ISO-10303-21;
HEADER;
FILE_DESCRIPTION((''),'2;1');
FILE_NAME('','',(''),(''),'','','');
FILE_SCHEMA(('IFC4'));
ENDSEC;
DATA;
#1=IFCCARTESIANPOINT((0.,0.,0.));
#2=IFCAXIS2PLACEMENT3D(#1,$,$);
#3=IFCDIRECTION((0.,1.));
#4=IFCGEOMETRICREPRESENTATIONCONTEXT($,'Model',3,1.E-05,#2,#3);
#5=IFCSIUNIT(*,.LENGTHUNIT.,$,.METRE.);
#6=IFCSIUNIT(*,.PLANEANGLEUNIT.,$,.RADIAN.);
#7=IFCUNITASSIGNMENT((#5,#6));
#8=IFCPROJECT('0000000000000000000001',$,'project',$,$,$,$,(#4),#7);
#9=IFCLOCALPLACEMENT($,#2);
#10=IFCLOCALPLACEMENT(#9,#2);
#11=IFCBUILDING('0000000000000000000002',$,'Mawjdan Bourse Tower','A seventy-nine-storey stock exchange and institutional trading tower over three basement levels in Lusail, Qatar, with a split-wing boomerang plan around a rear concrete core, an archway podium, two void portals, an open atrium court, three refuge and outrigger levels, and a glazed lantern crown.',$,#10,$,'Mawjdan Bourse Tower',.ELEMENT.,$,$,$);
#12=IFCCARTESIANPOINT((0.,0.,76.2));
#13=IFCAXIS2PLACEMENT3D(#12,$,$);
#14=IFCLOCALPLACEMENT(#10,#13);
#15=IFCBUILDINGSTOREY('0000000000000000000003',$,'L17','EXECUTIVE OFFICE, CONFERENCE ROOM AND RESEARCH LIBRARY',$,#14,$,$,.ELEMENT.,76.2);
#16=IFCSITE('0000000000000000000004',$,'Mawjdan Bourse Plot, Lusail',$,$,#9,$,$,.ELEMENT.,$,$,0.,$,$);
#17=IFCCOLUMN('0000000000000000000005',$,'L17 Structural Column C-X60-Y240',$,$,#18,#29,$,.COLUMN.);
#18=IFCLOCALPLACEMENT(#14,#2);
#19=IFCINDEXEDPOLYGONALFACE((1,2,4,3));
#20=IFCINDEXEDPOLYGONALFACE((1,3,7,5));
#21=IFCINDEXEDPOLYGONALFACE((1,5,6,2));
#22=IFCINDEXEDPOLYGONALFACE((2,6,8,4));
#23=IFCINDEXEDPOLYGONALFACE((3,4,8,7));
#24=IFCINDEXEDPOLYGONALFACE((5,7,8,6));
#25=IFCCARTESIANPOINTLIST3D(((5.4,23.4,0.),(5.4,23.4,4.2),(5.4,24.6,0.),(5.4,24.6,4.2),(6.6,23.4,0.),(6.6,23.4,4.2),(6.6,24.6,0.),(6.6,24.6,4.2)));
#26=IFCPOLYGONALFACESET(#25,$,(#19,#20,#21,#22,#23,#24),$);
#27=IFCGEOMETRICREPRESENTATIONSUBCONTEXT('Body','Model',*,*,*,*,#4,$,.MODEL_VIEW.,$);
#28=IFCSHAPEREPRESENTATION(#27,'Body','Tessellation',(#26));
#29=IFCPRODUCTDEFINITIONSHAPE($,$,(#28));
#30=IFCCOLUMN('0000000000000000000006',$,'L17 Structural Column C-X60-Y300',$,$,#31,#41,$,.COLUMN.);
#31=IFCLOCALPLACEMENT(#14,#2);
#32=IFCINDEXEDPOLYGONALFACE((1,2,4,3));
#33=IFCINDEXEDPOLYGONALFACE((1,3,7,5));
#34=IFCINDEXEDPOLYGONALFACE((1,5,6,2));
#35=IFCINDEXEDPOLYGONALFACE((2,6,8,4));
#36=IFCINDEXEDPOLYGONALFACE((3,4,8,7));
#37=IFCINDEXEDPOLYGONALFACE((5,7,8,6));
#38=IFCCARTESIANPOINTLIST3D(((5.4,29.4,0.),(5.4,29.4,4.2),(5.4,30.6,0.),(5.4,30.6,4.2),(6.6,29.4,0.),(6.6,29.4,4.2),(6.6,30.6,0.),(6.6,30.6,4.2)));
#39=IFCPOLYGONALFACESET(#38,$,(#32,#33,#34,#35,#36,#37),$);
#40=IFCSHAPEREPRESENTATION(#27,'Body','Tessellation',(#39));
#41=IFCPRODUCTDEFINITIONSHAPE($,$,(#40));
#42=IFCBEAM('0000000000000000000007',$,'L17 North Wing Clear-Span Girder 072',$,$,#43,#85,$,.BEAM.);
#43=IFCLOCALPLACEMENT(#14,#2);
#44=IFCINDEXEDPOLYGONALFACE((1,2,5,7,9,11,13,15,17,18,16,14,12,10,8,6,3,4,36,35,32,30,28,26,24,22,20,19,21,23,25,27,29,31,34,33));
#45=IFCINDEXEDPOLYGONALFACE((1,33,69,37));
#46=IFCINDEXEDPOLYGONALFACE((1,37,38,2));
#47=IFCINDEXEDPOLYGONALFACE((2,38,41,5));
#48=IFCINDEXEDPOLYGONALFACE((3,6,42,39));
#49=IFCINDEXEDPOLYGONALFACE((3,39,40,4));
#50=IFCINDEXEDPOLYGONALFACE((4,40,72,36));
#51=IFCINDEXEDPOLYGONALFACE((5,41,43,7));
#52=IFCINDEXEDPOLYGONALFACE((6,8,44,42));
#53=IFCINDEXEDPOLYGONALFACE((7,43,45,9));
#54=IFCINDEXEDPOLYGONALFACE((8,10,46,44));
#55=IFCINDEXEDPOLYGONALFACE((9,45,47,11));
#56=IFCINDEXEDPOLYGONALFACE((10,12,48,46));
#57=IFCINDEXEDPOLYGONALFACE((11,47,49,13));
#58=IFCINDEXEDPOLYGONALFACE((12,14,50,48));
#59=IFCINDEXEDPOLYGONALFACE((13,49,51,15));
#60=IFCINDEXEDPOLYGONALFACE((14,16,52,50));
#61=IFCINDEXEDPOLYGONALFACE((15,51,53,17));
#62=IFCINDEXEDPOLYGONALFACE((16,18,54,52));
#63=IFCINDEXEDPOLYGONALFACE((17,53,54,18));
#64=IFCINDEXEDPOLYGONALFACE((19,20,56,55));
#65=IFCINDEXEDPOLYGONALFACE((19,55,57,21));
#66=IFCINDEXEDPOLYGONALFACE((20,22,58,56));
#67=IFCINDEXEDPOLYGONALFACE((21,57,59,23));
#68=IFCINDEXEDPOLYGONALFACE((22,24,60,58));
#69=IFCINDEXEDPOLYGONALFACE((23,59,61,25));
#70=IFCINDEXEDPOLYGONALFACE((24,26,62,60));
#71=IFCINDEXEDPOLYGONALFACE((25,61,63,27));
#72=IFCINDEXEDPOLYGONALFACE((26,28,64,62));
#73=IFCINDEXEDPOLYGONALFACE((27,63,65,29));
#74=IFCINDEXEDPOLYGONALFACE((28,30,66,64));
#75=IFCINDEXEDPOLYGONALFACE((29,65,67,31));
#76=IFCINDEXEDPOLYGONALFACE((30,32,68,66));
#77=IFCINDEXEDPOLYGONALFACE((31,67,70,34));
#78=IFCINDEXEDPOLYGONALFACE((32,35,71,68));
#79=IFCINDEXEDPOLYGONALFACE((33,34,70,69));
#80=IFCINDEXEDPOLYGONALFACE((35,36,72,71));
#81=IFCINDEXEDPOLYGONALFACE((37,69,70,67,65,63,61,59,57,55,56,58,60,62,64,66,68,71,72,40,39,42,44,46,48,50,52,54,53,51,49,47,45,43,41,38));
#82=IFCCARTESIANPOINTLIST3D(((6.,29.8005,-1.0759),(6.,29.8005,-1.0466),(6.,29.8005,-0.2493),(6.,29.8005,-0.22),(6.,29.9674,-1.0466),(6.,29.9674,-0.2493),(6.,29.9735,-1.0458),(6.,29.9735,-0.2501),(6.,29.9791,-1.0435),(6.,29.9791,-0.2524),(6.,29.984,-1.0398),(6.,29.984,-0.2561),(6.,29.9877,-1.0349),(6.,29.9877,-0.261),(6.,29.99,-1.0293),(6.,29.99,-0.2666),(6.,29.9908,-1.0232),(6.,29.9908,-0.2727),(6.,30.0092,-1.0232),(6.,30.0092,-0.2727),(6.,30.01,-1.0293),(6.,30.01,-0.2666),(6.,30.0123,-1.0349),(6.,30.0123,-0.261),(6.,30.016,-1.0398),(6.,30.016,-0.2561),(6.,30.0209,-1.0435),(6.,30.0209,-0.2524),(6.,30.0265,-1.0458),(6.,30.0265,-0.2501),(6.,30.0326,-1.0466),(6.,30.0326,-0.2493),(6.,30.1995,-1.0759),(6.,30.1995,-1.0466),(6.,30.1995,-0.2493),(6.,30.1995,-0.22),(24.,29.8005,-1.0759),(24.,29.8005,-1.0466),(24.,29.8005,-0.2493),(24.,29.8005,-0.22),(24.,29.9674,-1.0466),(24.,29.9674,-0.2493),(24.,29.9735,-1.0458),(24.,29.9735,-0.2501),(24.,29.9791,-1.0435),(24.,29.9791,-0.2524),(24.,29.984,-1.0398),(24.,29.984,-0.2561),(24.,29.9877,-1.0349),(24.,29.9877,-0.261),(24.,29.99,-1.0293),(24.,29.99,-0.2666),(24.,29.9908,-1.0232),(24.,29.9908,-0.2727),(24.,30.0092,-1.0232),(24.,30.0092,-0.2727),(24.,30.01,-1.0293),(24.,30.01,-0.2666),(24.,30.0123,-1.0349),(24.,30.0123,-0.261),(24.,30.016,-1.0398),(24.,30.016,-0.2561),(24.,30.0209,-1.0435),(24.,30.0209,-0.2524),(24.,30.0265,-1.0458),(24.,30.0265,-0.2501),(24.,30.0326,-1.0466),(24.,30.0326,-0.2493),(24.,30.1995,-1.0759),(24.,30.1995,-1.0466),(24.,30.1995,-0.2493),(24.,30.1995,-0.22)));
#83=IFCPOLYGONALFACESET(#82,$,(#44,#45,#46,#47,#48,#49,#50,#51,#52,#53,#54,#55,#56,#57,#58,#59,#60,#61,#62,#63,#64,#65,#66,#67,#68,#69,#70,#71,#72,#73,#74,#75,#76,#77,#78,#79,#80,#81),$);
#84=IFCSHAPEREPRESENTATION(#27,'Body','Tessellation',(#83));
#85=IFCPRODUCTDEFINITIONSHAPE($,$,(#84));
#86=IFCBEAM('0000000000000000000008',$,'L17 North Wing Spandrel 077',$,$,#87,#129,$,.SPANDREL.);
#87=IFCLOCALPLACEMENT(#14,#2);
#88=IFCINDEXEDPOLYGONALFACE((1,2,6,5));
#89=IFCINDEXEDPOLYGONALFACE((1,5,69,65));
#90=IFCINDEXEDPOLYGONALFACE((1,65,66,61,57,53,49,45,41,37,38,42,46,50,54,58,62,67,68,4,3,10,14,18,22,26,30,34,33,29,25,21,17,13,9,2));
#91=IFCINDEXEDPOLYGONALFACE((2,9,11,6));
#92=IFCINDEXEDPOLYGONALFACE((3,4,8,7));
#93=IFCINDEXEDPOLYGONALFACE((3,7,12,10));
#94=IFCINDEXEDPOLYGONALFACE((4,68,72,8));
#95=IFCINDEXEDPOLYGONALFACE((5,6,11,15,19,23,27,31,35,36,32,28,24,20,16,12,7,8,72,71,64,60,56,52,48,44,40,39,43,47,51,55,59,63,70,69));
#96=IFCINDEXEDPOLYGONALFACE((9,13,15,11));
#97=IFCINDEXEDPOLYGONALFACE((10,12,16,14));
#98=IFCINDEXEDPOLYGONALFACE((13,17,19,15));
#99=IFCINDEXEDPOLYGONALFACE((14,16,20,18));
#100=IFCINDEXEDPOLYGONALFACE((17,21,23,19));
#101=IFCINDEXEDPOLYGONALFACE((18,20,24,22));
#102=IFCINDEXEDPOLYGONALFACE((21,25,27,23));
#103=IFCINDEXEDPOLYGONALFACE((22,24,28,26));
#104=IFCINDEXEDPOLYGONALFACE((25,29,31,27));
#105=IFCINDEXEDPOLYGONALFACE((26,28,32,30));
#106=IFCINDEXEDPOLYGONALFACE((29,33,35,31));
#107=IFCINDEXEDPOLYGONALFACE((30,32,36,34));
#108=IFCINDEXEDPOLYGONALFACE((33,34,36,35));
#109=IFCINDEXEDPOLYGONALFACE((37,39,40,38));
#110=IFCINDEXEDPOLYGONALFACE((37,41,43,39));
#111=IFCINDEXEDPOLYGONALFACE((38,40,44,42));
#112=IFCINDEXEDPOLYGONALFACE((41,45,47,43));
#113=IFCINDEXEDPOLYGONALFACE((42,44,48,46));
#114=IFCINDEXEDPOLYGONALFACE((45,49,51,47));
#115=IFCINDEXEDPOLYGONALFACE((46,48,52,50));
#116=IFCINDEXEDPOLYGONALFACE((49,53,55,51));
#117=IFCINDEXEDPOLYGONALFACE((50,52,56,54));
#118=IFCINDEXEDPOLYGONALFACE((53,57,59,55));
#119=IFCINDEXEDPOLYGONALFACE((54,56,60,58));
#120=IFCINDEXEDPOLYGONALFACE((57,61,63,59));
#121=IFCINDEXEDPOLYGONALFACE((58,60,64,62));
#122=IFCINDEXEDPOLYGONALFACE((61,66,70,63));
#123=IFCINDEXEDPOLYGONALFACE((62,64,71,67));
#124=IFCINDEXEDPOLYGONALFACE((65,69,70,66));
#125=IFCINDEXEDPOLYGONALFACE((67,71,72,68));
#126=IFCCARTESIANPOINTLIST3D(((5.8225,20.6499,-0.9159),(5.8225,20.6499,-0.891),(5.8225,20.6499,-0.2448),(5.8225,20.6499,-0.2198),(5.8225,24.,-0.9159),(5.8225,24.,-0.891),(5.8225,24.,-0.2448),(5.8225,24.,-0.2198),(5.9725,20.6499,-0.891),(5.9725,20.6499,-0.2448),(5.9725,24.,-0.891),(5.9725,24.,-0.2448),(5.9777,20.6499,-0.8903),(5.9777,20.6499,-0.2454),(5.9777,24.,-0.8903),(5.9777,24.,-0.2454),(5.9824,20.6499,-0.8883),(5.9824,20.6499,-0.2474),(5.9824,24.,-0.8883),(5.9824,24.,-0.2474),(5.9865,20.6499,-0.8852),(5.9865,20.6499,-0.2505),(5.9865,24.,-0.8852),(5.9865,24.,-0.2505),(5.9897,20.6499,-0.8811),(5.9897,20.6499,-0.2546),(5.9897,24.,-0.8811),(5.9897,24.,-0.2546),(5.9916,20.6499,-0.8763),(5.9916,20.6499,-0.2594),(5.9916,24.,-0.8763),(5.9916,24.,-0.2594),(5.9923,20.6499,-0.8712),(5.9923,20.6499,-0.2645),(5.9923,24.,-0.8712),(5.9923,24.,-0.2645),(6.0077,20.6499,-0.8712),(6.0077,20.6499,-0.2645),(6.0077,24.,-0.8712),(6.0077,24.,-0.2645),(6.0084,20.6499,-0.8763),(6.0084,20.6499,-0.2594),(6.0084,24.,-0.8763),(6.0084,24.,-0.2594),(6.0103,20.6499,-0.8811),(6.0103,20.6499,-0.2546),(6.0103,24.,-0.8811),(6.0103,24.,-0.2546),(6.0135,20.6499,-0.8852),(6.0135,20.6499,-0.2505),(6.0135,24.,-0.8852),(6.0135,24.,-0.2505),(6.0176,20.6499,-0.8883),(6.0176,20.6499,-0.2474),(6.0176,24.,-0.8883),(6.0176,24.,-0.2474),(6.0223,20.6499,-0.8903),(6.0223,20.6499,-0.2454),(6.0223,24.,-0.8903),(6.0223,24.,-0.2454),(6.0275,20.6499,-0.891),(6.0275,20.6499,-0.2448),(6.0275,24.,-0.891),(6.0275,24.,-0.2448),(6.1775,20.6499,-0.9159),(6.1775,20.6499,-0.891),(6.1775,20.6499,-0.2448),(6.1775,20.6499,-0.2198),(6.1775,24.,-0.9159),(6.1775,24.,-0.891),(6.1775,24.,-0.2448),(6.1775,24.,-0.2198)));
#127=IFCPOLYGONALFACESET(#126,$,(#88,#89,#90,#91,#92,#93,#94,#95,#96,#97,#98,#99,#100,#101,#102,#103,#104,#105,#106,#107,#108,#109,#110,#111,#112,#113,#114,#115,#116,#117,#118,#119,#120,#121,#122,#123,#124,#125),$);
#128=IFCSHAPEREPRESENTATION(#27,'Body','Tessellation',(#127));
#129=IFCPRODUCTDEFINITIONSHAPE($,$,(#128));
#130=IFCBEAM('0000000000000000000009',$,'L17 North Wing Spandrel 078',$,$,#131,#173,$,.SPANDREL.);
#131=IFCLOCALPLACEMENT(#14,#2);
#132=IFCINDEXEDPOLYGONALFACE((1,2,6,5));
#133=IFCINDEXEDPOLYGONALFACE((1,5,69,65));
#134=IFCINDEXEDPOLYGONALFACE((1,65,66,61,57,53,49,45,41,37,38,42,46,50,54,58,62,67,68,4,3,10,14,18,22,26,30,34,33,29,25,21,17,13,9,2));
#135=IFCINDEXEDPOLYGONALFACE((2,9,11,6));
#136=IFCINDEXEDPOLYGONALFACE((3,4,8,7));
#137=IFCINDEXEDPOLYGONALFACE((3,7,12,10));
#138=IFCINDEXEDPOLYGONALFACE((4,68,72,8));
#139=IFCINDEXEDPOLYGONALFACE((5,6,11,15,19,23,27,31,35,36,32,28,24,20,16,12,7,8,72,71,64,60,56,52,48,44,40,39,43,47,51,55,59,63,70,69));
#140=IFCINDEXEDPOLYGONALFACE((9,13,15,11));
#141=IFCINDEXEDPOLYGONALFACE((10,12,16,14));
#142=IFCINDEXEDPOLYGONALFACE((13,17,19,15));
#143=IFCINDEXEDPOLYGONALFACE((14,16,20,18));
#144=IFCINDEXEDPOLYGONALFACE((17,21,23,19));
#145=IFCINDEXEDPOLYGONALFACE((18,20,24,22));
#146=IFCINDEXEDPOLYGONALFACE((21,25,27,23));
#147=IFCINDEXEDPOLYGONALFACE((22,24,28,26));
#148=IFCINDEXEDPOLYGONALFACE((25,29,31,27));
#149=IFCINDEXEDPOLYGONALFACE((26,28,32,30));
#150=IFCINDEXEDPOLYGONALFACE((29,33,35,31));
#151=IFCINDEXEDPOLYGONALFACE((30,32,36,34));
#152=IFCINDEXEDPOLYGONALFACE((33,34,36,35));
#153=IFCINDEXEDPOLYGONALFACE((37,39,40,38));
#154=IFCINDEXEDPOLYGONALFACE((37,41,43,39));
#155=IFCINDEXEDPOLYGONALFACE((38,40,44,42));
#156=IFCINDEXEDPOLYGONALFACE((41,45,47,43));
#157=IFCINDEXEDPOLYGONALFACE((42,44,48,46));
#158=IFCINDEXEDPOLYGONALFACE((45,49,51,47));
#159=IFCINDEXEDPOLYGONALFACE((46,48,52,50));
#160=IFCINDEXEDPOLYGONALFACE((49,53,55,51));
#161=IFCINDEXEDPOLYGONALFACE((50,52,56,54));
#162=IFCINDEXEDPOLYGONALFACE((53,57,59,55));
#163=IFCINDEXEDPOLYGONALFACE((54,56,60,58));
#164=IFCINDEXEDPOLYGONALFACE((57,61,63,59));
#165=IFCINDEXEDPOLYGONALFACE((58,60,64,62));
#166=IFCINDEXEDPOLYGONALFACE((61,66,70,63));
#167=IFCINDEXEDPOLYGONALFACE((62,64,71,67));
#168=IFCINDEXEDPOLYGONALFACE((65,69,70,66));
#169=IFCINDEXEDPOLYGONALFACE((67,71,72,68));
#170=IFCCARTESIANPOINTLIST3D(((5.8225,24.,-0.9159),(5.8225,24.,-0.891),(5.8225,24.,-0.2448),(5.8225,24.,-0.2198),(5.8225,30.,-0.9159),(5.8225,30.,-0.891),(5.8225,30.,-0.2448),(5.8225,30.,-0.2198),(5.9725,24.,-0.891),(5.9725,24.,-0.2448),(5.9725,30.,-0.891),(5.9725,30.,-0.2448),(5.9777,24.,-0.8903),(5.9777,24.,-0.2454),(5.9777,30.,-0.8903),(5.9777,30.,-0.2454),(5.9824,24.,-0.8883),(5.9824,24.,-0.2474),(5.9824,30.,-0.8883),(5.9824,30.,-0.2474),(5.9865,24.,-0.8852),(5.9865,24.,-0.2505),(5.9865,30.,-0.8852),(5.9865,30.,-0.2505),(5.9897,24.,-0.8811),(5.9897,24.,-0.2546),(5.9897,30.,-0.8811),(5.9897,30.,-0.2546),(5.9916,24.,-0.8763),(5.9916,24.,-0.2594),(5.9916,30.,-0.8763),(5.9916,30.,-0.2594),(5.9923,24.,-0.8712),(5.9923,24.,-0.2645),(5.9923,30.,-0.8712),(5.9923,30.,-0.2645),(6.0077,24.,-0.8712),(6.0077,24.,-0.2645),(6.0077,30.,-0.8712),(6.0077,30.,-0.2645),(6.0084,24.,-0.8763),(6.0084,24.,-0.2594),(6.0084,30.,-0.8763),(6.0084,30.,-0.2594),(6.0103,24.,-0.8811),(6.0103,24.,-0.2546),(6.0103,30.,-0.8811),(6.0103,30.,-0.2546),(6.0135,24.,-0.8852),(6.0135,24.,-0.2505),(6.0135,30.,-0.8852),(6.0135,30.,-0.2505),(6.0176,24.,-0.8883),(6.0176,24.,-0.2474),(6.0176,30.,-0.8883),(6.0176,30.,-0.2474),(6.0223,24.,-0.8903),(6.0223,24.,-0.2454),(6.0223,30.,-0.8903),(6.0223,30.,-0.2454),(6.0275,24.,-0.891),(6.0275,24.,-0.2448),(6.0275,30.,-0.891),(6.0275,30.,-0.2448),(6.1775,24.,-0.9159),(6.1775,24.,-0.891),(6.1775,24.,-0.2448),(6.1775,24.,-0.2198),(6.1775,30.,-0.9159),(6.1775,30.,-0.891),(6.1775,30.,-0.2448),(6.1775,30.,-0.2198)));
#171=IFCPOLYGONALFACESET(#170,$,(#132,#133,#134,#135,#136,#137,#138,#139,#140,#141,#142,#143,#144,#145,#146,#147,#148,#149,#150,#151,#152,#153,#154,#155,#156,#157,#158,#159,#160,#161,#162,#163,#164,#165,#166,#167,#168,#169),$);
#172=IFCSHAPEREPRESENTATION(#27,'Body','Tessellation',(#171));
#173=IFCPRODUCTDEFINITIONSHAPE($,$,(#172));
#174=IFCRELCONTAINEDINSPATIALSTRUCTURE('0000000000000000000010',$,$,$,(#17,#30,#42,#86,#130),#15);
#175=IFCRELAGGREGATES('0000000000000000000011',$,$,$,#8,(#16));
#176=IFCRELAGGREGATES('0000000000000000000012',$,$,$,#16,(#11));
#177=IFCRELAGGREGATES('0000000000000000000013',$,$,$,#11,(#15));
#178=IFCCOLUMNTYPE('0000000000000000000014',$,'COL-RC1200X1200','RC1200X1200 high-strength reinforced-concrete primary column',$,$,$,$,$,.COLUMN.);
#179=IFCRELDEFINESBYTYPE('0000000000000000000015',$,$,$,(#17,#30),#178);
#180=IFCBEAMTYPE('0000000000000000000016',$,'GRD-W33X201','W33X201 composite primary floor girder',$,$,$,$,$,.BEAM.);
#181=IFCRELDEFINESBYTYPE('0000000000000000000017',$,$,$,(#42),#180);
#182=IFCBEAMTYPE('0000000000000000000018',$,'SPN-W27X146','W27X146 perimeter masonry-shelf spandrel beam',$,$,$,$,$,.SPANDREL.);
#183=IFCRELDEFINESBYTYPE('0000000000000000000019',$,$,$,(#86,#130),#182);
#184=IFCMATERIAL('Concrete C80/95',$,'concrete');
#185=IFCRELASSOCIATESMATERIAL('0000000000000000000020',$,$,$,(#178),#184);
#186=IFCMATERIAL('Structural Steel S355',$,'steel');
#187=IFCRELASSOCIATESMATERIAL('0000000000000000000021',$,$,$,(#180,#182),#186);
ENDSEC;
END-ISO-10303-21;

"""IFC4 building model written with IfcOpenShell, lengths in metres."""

from ifc_helpers import new_model, si_unit, direction, frame, origin, origin_2d, place, context, subcontext, project, spatial, rectangle, i_section, extrude, material, material_profile, profile_set, type_object, element, save


model = new_model("IFC4")

# Units and contexts
model_context = context("Model", 3, precision=1e-05, world=origin(), true_north=direction((0.0, 1.0)))
body_context = subcontext(model_context, "Body", "Model", "MODEL_VIEW")
ifc_project = project(units=[si_unit("LENGTHUNIT", "METRE"), si_unit("PLANEANGLEUNIT", "RADIAN")], contexts=[model_context])

# Site, building, storey
site_placement = place(None, origin())
site = spatial("IfcSite", under=ifc_project, at=site_placement, Name="Mawjdan Bourse Plot, Lusail", CompositionType="ELEMENT", RefElevation=0.0)
building_placement = place(site_placement, origin())
building = spatial("IfcBuilding", under=site, at=building_placement, Name="Mawjdan Bourse Tower", Description="A seventy-nine-storey stock exchange and institutional trading tower over three basement levels in Lusail, Qatar, with a split-wing boomerang plan around a rear concrete core, an archway podium, two void portals, an open atrium court, three refuge and outrigger levels, and a glazed lantern crown.", LongName="Mawjdan Bourse Tower", CompositionType="ELEMENT")
storey_placement = place(building_placement, frame((0.0, 0.0, 76.2)))
storey = spatial("IfcBuildingStorey", under=building, at=storey_placement, Name="L17", Description="EXECUTIVE OFFICE, CONFERENCE ROOM AND RESEARCH LIBRARY", CompositionType="ELEMENT", Elevation=76.2)

# Columns
ifc_material_1 = material(Name="Concrete C80/95", Category="concrete")
ifc_material_profile_1 = material_profile(ifc_material_1, rectangle(XDim=1.2, YDim=1.2, at=origin_2d()), Name="RC1200X1200")
ifc_profile_set_1 = profile_set([ifc_material_profile_1], Name="Concrete C80/95")
column_type = type_object("IfcColumnType", Name="COL-RC1200X1200", Description="RC1200X1200 high-strength reinforced-concrete primary column", PredefinedType="COLUMN", material=ifc_profile_set_1)
for number, where, z_axis, x_axis, name in (
    (1, (6.0, 24.0, 0.0), (0.0, 0.0, 1.0), (1.0, 0.0, 0.0), "L17 Structural Column C-X60-Y240"),
    (2, (6.0, 30.0, 0.0), (0.0, 0.0, 1.0), (1.0, 0.0, 0.0), "L17 Structural Column C-X60-Y300"),
):
    element("IfcColumn", number, at=place(storey_placement, frame(where, z_axis=z_axis, x_axis=x_axis)), inside=storey, type_object=column_type, Name=name, PredefinedType="COLUMN", context=body_context, shape_type="SweptSolid", body=[
        extrude(rectangle(XDim=1.2, YDim=1.2, at=origin_2d()), origin(), (0.0, 0.0, 1.0), 4.2),
    ])

# Beams
ifc_material_2 = material(Name="Structural Steel S355", Category="steel")
ifc_material_profile_2 = material_profile(ifc_material_2, i_section(OverallWidth=0.3989, OverallDepth=0.856, WebThickness=0.0183, FlangeThickness=0.0293, FilletRadius=0.0234, at=origin_2d()), Name="W33X201")
ifc_profile_set_2 = profile_set([ifc_material_profile_2], Name="Structural Steel S355")
beam_type_1 = type_object("IfcBeamType", Name="GRD-W33X201", Description="W33X201 composite primary floor girder", PredefinedType="BEAM", material=ifc_profile_set_2)
beam_1_placement = place(storey_placement, frame((6.0, 30.0, -0.6479), z_axis=(1.0, 0.0, 0.0), x_axis=(0.0, 1.0, 0.0)))
element("IfcBeam", 3, at=beam_1_placement, inside=storey, type_object=beam_type_1, Name="L17 North Wing Clear-Span Girder 072", PredefinedType="BEAM", context=body_context, shape_type="SweptSolid", body=[
    extrude(i_section(OverallWidth=0.3989, OverallDepth=0.856, WebThickness=0.0183, FlangeThickness=0.0293, FilletRadius=0.0234, at=origin_2d()), origin(), (0.0, 0.0, 1.0), 18.0),
])
ifc_material_profile_3 = material_profile(ifc_material_2, i_section(OverallWidth=0.355, OverallDepth=0.696, WebThickness=0.0154, FlangeThickness=0.0249, FilletRadius=0.0198, at=origin_2d()), Name="W27X146")
ifc_profile_set_3 = profile_set([ifc_material_profile_3], Name="Structural Steel S355")
beam_type_2 = type_object("IfcBeamType", Name="SPN-W27X146", Description="W27X146 perimeter masonry-shelf spandrel beam", PredefinedType="SPANDREL", material=ifc_profile_set_3)
beam_2_placement = place(storey_placement, frame((6.0, 20.6499, -0.5679), z_axis=(0.0, 1.0, 0.0), x_axis=(-1.0, 0.0, 0.0)))
element("IfcBeam", 4, at=beam_2_placement, inside=storey, type_object=beam_type_2, Name="L17 North Wing Spandrel 077", PredefinedType="SPANDREL", context=body_context, shape_type="SweptSolid", body=[
    extrude(i_section(OverallWidth=0.355, OverallDepth=0.696, WebThickness=0.0154, FlangeThickness=0.0249, FilletRadius=0.0198, at=origin_2d()), origin(), (0.0, 0.0, 1.0), 3.3501),
])
for number, where, z_axis, x_axis, name in (
    (5, (6.0, 24.0, -0.5679), (0.0, 1.0, 0.0), (-1.0, 0.0, 0.0), "L17 North Wing Spandrel 078"),
):
    element("IfcBeam", number, at=place(storey_placement, frame(where, z_axis=z_axis, x_axis=x_axis)), inside=storey, type_object=beam_type_2, Name=name, PredefinedType="SPANDREL", context=body_context, shape_type="SweptSolid", body=[
        extrude(i_section(OverallWidth=0.355, OverallDepth=0.696, WebThickness=0.0154, FlangeThickness=0.0249, FilletRadius=0.0198, at=origin_2d()), origin(), (0.0, 0.0, 1.0), 6.0),
    ])

save(model, "model.ifc")
